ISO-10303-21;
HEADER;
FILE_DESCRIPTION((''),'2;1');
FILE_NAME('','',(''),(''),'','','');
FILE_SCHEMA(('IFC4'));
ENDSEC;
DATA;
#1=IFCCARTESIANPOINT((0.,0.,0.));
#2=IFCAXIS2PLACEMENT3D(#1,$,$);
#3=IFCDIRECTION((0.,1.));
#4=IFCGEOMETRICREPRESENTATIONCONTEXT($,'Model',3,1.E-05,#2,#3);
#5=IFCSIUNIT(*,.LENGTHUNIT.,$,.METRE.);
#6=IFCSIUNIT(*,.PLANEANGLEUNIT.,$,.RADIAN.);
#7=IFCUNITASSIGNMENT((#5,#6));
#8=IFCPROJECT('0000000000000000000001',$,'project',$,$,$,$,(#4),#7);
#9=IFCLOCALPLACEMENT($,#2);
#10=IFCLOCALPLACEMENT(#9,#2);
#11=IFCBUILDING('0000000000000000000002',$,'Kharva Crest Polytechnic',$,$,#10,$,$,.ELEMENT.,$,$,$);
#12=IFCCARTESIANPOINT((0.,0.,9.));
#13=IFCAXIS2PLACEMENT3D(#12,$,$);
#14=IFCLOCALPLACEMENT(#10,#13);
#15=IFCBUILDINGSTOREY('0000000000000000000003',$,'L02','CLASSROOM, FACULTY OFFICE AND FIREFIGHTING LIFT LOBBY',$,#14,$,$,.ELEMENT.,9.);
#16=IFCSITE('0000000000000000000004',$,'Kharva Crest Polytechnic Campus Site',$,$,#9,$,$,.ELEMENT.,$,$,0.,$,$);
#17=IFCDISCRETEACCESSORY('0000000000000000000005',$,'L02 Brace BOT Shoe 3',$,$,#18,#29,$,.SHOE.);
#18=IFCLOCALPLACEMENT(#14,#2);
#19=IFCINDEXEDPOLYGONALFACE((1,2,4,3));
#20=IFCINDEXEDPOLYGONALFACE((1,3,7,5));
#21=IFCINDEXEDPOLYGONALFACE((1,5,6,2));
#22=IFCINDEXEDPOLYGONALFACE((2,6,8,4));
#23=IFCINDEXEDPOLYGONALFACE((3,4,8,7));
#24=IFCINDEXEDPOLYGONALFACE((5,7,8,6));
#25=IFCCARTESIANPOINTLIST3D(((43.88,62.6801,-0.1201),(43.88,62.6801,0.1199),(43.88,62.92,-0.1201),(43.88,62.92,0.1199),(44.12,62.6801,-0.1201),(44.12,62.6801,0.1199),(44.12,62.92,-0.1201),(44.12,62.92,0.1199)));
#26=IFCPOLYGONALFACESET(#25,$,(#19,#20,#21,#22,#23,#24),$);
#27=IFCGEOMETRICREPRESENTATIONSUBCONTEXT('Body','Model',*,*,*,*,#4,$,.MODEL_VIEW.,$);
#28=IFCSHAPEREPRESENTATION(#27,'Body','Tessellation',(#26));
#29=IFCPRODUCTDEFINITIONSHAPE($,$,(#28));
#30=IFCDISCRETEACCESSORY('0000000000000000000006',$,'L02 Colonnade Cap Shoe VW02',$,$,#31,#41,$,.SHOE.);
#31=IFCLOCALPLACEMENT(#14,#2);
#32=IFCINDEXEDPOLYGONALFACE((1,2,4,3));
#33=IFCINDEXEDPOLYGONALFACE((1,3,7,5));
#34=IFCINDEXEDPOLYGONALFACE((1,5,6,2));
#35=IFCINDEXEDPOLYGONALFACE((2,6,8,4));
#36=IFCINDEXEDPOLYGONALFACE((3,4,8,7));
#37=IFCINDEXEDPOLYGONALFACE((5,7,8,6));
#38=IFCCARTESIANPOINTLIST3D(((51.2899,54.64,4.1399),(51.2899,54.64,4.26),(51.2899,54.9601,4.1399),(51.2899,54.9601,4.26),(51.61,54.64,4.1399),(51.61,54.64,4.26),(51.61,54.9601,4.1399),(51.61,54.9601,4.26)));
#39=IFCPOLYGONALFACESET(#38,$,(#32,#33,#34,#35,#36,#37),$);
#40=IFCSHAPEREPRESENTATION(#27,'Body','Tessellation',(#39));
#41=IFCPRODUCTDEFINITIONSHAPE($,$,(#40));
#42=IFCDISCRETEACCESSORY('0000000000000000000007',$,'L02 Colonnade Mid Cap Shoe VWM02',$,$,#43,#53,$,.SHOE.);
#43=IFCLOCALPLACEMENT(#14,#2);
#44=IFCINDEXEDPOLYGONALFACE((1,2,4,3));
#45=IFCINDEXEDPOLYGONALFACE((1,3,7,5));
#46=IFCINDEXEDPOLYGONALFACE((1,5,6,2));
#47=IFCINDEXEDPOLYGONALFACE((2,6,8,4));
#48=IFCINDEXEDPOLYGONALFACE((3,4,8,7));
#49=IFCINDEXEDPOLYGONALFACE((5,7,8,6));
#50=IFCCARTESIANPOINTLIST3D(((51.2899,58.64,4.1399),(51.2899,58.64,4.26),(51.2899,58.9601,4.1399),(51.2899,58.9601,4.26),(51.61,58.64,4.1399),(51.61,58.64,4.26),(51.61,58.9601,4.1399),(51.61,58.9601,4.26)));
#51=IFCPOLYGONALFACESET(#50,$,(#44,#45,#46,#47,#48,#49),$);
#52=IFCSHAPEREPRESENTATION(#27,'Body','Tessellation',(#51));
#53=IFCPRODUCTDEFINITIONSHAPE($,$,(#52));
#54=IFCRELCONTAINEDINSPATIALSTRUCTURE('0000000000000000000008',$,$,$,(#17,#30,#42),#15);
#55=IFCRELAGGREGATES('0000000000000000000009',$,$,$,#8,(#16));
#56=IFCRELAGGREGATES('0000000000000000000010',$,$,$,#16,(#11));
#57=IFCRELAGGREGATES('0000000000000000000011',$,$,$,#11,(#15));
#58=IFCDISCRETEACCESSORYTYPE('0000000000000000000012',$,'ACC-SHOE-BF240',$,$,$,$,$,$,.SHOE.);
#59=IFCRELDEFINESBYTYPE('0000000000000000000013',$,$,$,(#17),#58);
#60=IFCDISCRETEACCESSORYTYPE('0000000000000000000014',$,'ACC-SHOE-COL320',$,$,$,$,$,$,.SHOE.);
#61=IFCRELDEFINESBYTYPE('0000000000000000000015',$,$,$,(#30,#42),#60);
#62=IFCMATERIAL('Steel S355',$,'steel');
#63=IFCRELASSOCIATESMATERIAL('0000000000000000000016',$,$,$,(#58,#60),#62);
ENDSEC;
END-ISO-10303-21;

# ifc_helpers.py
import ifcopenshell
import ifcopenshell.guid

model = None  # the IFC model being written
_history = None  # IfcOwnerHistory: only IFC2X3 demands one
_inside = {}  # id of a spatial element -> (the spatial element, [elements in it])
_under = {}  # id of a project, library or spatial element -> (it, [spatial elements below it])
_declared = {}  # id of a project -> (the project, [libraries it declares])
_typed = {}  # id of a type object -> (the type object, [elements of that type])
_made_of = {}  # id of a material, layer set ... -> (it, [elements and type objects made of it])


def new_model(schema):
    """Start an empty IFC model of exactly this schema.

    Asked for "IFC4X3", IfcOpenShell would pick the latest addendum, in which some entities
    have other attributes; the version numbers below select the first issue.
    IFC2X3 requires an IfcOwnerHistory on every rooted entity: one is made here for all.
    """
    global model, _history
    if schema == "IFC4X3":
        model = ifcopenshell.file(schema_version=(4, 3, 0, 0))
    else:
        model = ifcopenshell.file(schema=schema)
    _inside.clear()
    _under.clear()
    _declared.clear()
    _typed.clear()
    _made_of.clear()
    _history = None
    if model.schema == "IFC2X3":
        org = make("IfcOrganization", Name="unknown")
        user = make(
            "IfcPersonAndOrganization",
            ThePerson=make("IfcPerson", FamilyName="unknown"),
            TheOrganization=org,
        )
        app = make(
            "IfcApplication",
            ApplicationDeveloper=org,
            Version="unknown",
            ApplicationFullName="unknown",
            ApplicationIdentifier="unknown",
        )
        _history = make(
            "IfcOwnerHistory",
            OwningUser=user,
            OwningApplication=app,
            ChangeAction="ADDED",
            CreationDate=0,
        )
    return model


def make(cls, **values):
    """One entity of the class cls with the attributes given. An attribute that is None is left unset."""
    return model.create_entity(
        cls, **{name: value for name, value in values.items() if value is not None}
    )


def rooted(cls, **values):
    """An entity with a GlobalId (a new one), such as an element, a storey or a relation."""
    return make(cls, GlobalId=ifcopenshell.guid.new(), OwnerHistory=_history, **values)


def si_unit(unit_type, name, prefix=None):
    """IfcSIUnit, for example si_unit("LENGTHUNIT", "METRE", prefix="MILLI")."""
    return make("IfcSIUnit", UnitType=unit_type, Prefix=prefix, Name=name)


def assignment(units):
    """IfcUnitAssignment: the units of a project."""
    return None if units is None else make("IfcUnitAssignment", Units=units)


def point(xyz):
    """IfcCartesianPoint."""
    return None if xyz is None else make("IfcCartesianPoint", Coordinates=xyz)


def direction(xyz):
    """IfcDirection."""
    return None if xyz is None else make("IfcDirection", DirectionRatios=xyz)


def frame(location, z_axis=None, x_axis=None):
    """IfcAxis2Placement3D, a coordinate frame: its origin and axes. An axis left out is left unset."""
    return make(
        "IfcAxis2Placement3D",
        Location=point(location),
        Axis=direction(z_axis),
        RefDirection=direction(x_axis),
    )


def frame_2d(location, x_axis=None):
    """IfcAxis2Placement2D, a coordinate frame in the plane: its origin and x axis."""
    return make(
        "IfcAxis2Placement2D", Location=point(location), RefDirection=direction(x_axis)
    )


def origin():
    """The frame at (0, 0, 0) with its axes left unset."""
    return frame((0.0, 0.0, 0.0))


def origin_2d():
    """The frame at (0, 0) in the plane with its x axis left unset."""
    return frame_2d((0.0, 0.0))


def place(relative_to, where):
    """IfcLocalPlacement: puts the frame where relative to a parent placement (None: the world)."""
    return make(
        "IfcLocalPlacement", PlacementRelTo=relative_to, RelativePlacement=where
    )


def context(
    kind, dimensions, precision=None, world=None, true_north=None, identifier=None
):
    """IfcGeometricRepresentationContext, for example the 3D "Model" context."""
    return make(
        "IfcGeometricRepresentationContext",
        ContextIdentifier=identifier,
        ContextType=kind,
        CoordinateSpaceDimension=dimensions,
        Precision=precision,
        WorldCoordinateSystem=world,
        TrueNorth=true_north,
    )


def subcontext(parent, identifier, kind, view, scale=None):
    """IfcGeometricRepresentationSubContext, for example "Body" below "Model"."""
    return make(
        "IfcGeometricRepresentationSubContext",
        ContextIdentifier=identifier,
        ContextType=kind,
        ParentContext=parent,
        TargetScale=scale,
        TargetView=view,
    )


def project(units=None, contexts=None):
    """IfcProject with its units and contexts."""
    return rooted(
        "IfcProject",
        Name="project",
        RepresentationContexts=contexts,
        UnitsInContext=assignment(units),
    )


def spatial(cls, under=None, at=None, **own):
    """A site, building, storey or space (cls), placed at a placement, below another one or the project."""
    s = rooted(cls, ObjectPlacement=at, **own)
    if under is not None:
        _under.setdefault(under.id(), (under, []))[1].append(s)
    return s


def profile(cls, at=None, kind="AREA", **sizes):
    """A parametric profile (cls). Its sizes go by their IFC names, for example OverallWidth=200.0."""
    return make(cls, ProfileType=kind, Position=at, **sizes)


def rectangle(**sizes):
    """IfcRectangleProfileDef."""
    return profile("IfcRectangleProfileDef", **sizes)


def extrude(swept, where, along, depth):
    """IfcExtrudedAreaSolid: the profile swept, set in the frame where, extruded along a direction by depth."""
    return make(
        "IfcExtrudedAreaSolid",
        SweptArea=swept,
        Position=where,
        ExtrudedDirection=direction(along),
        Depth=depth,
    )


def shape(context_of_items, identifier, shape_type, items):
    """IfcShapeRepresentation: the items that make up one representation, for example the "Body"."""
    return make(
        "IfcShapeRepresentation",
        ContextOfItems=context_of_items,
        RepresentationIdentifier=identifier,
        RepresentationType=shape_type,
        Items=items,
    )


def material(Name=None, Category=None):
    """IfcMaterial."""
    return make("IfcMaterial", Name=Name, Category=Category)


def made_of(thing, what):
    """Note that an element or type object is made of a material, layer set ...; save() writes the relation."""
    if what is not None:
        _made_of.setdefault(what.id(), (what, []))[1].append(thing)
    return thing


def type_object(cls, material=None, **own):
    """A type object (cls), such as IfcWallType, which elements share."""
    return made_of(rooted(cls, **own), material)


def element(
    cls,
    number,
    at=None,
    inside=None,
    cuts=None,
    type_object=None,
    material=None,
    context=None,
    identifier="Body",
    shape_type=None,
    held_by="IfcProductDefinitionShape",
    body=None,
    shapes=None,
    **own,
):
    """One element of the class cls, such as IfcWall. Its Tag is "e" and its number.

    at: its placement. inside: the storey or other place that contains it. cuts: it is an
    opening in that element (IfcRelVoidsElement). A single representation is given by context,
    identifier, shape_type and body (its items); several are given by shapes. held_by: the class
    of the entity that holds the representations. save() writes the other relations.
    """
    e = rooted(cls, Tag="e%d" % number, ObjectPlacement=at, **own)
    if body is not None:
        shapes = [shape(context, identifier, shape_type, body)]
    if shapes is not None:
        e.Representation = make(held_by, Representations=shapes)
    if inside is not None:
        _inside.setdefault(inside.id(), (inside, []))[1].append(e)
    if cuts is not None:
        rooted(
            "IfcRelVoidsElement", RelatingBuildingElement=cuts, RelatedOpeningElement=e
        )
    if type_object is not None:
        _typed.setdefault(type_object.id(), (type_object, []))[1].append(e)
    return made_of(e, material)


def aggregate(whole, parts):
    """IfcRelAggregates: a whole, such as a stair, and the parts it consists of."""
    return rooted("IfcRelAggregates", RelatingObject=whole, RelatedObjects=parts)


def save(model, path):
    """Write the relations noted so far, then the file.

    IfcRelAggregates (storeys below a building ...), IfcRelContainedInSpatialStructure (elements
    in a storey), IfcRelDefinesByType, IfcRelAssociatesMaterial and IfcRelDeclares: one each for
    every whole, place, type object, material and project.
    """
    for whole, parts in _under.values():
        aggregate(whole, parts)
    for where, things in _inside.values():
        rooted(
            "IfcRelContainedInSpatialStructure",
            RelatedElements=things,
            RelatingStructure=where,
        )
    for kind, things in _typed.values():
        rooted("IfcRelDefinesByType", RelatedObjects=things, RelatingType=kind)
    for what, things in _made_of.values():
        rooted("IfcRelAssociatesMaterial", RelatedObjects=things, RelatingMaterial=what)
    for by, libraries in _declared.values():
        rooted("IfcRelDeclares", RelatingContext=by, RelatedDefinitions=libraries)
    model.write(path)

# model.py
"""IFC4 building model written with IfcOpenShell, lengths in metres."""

from ifc_helpers import new_model, si_unit, direction, frame, origin, origin_2d, place, context, subcontext, project, spatial, rectangle, extrude, material, type_object, element, save


model = new_model("IFC4")

# Units and contexts
model_context = context("Model", 3, precision=1e-05, world=origin(), true_north=direction((0.0, 1.0)))
body_context = subcontext(model_context, "Body", "Model", "MODEL_VIEW")
ifc_project = project(units=[si_unit("LENGTHUNIT", "METRE"), si_unit("PLANEANGLEUNIT", "RADIAN")], contexts=[model_context])

# Site, building, storey
site_placement = place(None, origin())
site = spatial("IfcSite", under=ifc_project, at=site_placement, Name="Kharva Crest Polytechnic Campus Site", CompositionType="ELEMENT", RefElevation=0.0)
building_placement = place(site_placement, origin())
building = spatial("IfcBuilding", under=site, at=building_placement, Name="Kharva Crest Polytechnic", CompositionType="ELEMENT")
storey_placement = place(building_placement, frame((0.0, 0.0, 9.0)))
storey = spatial("IfcBuildingStorey", under=building, at=storey_placement, Name="L02", Description="CLASSROOM, FACULTY OFFICE AND FIREFIGHTING LIFT LOBBY", CompositionType="ELEMENT", Elevation=9.0)

# Shared definitions
ifc_material_1 = material(Name="Steel S355", Category="steel")

# Discrete accessories
discrete_accessory_type_1 = type_object("IfcDiscreteAccessoryType", Name="ACC-SHOE-BF240", PredefinedType="SHOE", material=ifc_material_1)
for number, where, z_axis, x_axis, name in (
    (1, (44.0, 62.8, -0.1201), (0.0, 0.0, 1.0), (1.0, 0.0, 0.0), "L02 Brace BOT Shoe 3"),
):
    element("IfcDiscreteAccessory", number, at=place(storey_placement, frame(where, z_axis=z_axis, x_axis=x_axis)), inside=storey, type_object=discrete_accessory_type_1, Name=name, PredefinedType="SHOE", context=body_context, shape_type="SweptSolid", body=[
        extrude(rectangle(XDim=0.24, YDim=0.24, at=origin_2d()), origin(), (0.0, 0.0, 1.0), 0.24),
    ])
discrete_accessory_type_2 = type_object("IfcDiscreteAccessoryType", Name="ACC-SHOE-COL320", PredefinedType="SHOE", material=ifc_material_1)
for number, where, z_axis, x_axis, name in (
    (2, (51.45, 54.8, 4.1399), (0.0, 0.0, 1.0), (1.0, 0.0, 0.0), "L02 Colonnade Cap Shoe VW02"),
    (3, (51.45, 58.8, 4.1399), (0.0, 0.0, 1.0), (1.0, 0.0, 0.0), "L02 Colonnade Mid Cap Shoe VWM02"),
):
    element("IfcDiscreteAccessory", number, at=place(storey_placement, frame(where, z_axis=z_axis, x_axis=x_axis)), inside=storey, type_object=discrete_accessory_type_2, Name=name, PredefinedType="SHOE", context=body_context, shape_type="SweptSolid", body=[
        extrude(rectangle(XDim=0.3201, YDim=0.3201, at=origin_2d()), origin(), (0.0, 0.0, 1.0), 0.1201),
    ])

save(model, "model.ifc")
